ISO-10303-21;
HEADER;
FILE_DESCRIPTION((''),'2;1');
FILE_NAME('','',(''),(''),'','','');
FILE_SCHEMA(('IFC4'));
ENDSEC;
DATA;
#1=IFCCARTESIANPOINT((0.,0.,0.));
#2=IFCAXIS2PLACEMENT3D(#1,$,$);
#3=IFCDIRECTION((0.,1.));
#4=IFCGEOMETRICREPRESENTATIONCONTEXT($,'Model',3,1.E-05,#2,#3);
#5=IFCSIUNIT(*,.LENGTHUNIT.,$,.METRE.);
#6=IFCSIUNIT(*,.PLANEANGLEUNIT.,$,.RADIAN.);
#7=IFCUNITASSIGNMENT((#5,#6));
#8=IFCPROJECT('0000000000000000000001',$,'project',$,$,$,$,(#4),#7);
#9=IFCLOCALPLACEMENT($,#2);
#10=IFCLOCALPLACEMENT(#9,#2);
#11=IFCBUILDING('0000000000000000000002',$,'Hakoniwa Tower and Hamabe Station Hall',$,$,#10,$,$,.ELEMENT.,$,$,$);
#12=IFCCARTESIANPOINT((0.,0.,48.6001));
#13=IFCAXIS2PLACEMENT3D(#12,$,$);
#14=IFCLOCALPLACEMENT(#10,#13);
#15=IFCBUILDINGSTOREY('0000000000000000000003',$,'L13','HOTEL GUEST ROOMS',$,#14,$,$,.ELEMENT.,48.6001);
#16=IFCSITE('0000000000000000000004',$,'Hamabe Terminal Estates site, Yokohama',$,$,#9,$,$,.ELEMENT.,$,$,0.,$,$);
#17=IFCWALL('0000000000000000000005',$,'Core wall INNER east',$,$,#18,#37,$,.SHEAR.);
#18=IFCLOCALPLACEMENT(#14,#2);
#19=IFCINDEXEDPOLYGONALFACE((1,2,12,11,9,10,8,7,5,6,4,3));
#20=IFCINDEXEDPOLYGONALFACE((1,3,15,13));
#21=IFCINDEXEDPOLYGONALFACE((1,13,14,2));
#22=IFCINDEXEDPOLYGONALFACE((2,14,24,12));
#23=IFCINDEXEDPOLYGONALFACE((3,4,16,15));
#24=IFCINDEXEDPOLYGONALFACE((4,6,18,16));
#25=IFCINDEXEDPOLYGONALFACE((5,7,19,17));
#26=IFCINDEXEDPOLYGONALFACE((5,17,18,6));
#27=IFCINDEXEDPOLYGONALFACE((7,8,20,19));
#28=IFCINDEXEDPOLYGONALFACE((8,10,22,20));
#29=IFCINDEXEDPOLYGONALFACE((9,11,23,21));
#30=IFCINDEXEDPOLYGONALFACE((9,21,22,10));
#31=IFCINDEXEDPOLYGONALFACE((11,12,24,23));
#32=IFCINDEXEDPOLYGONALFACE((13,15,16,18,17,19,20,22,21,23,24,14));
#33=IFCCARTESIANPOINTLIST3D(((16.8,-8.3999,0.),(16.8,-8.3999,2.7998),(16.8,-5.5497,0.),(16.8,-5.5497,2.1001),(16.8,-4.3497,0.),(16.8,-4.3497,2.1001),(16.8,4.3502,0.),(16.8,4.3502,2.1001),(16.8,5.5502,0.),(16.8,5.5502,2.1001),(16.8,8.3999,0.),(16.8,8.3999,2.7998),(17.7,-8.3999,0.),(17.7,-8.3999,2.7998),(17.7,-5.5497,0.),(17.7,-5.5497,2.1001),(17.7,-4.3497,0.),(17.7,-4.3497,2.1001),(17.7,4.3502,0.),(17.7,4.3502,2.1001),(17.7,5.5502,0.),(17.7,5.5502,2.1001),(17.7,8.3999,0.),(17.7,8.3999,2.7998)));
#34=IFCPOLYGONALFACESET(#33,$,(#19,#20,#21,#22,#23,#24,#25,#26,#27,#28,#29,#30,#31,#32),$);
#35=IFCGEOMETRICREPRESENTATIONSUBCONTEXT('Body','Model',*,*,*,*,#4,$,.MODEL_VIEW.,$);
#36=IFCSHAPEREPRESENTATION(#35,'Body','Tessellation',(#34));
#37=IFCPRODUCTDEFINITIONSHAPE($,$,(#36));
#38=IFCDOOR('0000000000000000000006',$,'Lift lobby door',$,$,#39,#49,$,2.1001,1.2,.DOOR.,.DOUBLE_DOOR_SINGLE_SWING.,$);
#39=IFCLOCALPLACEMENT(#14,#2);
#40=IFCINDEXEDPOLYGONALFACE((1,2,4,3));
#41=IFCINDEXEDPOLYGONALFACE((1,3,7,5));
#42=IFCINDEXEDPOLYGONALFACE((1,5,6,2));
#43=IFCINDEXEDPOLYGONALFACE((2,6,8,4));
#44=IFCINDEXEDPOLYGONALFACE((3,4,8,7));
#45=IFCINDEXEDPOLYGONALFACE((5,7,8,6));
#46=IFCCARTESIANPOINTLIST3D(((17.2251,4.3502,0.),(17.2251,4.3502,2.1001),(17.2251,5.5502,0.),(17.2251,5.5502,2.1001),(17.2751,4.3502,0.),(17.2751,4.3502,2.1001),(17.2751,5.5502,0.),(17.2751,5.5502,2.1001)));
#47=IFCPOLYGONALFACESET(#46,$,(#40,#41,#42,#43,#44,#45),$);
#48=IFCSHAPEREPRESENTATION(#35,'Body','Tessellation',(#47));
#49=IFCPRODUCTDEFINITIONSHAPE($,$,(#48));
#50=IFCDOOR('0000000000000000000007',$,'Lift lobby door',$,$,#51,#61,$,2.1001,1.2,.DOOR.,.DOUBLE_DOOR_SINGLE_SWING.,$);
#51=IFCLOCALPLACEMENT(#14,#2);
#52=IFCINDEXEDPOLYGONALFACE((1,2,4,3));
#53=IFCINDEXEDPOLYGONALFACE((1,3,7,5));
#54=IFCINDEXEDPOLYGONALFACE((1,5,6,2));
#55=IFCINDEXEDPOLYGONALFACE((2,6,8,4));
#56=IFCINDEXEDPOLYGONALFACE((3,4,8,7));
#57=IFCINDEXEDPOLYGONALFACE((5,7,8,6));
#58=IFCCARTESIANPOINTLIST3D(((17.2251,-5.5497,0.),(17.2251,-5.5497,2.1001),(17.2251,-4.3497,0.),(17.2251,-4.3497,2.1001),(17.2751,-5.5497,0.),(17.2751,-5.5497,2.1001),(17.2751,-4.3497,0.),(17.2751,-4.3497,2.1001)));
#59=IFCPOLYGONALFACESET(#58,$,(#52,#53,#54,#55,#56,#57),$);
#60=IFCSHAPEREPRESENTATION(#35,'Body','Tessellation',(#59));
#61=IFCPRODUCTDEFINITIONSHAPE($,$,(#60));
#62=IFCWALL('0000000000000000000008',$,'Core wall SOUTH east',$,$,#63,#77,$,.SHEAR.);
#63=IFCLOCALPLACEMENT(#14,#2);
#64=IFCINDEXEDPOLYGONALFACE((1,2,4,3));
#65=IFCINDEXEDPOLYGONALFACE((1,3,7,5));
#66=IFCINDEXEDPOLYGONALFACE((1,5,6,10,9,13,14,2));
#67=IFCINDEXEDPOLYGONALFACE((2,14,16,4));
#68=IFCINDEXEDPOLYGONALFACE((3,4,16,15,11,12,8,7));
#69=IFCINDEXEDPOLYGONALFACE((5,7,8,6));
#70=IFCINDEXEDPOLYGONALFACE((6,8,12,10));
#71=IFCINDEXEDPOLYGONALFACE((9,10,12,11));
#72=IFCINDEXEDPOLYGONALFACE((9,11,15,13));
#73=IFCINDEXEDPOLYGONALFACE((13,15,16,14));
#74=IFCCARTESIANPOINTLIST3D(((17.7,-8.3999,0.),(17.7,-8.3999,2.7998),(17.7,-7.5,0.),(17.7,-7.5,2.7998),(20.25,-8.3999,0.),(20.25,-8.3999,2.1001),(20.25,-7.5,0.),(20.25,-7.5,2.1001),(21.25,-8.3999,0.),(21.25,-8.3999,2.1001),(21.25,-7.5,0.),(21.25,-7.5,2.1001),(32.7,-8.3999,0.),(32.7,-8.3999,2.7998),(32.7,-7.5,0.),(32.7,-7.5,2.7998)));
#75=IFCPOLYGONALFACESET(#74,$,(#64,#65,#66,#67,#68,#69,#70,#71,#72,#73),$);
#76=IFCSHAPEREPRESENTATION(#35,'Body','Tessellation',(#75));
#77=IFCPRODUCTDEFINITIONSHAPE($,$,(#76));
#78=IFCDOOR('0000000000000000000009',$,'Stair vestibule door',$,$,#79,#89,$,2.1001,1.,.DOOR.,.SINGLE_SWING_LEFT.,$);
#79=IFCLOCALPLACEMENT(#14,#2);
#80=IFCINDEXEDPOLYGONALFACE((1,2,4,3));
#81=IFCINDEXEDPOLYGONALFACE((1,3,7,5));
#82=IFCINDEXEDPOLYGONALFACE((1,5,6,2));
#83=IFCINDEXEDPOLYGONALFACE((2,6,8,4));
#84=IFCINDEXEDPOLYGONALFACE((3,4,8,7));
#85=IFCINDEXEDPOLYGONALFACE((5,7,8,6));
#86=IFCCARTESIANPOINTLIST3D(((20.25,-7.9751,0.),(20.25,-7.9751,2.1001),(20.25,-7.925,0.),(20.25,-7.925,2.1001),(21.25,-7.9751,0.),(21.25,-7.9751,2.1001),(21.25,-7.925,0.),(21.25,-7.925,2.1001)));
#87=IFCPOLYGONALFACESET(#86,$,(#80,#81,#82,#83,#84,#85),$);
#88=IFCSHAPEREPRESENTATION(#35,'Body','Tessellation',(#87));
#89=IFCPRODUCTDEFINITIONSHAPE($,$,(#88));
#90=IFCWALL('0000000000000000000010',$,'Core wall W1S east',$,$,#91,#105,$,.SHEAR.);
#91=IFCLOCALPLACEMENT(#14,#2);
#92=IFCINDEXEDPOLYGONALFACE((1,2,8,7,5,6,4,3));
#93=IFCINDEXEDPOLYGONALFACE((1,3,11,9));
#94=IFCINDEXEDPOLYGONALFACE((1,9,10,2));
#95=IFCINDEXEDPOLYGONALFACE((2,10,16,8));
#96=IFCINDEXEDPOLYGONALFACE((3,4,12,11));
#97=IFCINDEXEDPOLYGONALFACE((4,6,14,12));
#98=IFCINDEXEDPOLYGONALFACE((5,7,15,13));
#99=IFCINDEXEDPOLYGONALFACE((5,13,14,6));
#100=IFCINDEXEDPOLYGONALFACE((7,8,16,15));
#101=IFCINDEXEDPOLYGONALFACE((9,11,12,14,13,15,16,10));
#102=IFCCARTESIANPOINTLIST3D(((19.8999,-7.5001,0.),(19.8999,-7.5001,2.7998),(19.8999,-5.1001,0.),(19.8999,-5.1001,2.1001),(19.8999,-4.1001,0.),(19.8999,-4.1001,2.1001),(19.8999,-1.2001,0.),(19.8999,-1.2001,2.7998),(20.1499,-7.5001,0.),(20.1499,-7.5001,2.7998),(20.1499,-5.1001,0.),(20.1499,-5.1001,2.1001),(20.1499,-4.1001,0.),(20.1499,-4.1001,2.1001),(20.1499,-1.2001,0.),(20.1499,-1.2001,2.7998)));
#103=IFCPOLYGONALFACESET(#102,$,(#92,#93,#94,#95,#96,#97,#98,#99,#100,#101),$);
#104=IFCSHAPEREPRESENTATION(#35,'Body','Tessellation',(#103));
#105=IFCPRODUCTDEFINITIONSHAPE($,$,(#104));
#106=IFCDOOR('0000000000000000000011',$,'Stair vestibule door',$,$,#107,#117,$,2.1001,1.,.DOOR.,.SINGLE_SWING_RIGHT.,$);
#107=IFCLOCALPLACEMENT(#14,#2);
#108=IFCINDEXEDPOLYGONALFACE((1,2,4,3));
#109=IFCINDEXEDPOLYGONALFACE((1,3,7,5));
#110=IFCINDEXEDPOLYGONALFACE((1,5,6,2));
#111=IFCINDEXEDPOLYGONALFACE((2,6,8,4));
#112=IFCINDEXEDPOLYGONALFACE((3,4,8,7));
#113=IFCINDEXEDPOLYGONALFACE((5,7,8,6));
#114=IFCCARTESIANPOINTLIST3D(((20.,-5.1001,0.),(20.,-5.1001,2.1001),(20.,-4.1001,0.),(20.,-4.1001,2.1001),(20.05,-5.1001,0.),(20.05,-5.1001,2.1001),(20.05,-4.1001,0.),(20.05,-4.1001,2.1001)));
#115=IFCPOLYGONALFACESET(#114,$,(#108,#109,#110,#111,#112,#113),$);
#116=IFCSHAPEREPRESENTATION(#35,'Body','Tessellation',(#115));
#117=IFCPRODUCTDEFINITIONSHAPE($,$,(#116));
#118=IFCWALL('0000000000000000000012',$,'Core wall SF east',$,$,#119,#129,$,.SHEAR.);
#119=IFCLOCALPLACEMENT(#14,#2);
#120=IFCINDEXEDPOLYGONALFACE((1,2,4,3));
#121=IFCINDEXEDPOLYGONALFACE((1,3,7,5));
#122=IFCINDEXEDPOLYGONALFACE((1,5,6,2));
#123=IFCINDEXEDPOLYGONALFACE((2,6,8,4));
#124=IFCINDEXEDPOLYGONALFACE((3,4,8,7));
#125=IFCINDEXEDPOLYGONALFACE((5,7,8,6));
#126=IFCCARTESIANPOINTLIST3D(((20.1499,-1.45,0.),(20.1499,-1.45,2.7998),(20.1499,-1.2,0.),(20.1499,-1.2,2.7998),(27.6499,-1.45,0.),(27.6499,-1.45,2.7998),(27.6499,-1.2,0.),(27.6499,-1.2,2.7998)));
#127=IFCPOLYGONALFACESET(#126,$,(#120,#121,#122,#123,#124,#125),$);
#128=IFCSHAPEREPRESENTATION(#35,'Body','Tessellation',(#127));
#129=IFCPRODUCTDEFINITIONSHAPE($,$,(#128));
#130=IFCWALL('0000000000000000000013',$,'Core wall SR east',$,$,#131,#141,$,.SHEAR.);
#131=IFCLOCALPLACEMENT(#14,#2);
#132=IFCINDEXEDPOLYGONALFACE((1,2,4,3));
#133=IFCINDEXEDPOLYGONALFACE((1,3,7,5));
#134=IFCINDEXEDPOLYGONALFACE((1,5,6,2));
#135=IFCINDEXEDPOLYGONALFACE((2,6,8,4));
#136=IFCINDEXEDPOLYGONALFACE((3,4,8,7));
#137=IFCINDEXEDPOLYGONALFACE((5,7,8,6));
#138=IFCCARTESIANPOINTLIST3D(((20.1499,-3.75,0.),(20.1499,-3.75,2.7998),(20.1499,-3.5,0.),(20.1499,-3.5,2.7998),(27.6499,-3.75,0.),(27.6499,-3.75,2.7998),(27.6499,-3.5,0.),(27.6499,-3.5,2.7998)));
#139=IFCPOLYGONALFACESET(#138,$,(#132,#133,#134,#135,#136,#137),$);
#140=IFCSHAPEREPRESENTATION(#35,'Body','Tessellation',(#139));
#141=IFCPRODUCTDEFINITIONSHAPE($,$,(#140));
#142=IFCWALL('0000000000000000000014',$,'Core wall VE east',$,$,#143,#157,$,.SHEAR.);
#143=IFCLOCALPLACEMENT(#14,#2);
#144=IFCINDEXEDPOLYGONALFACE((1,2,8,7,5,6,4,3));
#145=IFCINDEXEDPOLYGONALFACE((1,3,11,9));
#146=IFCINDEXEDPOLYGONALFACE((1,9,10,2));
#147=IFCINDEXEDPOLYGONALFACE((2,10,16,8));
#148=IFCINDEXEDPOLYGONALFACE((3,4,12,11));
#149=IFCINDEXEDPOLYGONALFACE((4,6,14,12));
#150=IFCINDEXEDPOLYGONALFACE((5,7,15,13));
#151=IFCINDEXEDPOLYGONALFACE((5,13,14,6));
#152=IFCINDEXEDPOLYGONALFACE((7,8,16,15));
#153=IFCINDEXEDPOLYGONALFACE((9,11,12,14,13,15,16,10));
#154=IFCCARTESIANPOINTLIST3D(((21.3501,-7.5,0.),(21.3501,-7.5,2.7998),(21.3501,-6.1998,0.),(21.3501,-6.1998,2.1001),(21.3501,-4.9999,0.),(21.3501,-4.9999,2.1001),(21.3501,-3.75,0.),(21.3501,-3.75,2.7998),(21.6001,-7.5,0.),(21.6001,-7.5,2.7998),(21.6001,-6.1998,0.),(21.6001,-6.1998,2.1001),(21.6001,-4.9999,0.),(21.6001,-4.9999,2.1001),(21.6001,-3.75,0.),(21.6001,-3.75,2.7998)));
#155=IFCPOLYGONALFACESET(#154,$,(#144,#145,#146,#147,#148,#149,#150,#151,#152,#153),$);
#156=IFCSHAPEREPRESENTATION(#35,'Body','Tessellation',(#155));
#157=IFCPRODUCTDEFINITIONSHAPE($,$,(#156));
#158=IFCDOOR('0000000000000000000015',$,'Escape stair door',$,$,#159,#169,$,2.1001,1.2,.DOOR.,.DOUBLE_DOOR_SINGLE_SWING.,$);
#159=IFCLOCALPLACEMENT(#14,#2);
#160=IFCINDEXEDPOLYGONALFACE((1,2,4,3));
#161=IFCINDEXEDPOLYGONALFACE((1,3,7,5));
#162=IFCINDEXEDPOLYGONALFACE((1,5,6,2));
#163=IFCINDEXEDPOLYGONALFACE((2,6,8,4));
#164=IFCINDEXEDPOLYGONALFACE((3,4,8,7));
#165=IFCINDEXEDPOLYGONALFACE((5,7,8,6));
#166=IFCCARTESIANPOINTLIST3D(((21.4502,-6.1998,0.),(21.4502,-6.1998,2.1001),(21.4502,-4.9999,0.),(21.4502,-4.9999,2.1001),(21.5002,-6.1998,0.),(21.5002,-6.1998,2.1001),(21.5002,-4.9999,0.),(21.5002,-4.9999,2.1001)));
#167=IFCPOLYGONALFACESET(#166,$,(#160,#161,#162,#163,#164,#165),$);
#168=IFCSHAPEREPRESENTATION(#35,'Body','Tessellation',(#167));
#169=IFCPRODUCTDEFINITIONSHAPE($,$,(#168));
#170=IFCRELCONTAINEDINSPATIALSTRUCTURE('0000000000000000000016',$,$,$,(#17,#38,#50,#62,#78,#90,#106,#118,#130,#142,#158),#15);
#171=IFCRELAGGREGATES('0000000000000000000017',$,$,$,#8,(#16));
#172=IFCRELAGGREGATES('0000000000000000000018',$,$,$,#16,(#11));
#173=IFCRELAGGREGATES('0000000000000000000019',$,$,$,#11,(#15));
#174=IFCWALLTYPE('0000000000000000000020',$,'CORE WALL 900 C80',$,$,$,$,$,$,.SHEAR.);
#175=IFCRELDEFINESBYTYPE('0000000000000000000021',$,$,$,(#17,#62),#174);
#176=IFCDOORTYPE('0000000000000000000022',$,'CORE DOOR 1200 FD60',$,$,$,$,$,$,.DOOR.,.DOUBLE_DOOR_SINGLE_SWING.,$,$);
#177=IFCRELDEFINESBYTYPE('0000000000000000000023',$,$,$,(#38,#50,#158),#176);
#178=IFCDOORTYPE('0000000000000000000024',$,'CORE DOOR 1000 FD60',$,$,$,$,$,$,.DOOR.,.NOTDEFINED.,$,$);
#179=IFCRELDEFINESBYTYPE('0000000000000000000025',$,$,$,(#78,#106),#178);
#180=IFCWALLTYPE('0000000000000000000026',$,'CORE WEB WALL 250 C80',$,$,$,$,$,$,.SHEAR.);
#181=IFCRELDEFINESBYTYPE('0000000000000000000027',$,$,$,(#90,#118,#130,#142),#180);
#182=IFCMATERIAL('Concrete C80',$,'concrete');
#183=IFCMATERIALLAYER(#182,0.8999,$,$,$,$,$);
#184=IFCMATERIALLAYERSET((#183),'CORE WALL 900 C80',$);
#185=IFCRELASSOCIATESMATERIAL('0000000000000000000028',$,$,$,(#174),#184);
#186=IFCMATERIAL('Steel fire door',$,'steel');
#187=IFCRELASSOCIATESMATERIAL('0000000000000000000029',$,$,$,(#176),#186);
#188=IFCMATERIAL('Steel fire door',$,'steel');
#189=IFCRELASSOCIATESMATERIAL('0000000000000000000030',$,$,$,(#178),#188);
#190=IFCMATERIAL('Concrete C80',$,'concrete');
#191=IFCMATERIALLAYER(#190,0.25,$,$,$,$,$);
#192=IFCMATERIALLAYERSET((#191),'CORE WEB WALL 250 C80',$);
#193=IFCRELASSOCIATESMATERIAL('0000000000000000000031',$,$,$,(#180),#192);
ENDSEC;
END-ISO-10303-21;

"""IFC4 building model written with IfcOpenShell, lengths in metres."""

from ifc_helpers import new_model, si_unit, direction, frame, frame_2d, origin, place, context, subcontext, project, spatial, rectangle, extrude, material, layer, layer_set, type_object, element, fill, save


model = new_model("IFC4")

# Units and contexts
model_context = context("Model", 3, precision=1e-05, world=origin(), true_north=direction((0.0, 1.0)))
body_context = subcontext(model_context, "Body", "Model", "MODEL_VIEW")
ifc_project = project(units=[si_unit("LENGTHUNIT", "METRE"), si_unit("PLANEANGLEUNIT", "RADIAN")], contexts=[model_context])

# Site, building, storey
site_placement = place(None, origin())
site = spatial("IfcSite", under=ifc_project, at=site_placement, Name="Hamabe Terminal Estates site, Yokohama", CompositionType="ELEMENT", RefElevation=0.0)
building_placement = place(site_placement, origin())
building = spatial("IfcBuilding", under=site, at=building_placement, Name="Hakoniwa Tower and Hamabe Station Hall", CompositionType="ELEMENT")
storey_placement = place(building_placement, frame((0.0, 0.0, 48.6001)))
storey = spatial("IfcBuildingStorey", under=building, at=storey_placement, Name="L13", Description="HOTEL GUEST ROOMS", CompositionType="ELEMENT", Elevation=48.6001)

# Wall, openings, doors
ifc_material_1 = material(Name="Concrete C80", Category="concrete")
ifc_layer_1 = layer(ifc_material_1, 0.8999)
ifc_layer_set_1 = layer_set([ifc_layer_1], Name="CORE WALL 900 C80")
wall_type_1 = type_object("IfcWallType", Name="CORE WALL 900 C80", PredefinedType="SHEAR", material=ifc_layer_set_1)
wall_1_placement = place(storey_placement, frame((17.25, -8.3999, 0.0), z_axis=(0.0, 0.0, 1.0), x_axis=(0.0, 1.0, 0.0)))
wall_1 = element("IfcWall", 1, at=wall_1_placement, inside=storey, type_object=wall_type_1, Name="Core wall INNER east", PredefinedType="SHEAR", context=body_context, shape_type="SweptSolid", body=[
    extrude(rectangle(XDim=16.7998, YDim=0.8999, at=frame_2d((8.3999, 0.0))), origin(), (0.0, 0.0, 1.0), 2.7998),
])
opening_1_placement = place(wall_1_placement, frame((12.75, 0.0, 0.0)))
opening_1 = element("IfcOpeningElement", 2, at=opening_1_placement, cuts=wall_1, PredefinedType="OPENING", context=body_context, shape_type="SweptSolid", body=[
    extrude(rectangle(XDim=1.2, YDim=2.1001, at=frame_2d((0.6001, 1.05))), frame((0.0, 0.46, 0.0), z_axis=(0.0, -1.0, 0.0), x_axis=(1.0, 0.0, 0.0)), (0.0, 0.0, 1.0), 0.9199),
])
opening_2_placement = place(wall_1_placement, frame((2.8501, 0.0, 0.0)))
opening_2 = element("IfcOpeningElement", 3, at=opening_2_placement, cuts=wall_1, PredefinedType="OPENING", context=body_context, shape_type="SweptSolid", body=[
    extrude(rectangle(XDim=1.2, YDim=2.1001, at=frame_2d((0.6001, 1.05))), frame((0.0, 0.46, 0.0), z_axis=(0.0, -1.0, 0.0), x_axis=(1.0, 0.0, 0.0)), (0.0, 0.0, 1.0), 0.9199),
])
ifc_material_2 = material(Name="Steel fire door", Category="steel")
door_type_1 = type_object("IfcDoorType", Name="CORE DOOR 1200 FD60", OperationType="DOUBLE_DOOR_SINGLE_SWING", PredefinedType="DOOR", material=ifc_material_2)
door_1_placement = place(opening_1_placement, origin())
door_1 = element("IfcDoor", 4, at=door_1_placement, inside=storey, type_object=door_type_1, Name="Lift lobby door", OperationType="DOUBLE_DOOR_SINGLE_SWING", OverallHeight=2.1001, OverallWidth=1.2, PredefinedType="DOOR", context=body_context, shape_type="SweptSolid", body=[
    extrude(rectangle(XDim=1.2, YDim=2.1001, at=frame_2d((0.6001, 1.05))), frame((0.0, 0.0249, 0.0), z_axis=(0.0, -1.0, 0.0), x_axis=(1.0, 0.0, 0.0)), (0.0, 0.0, 1.0), 0.05),
])
fill(opening_1, door_1)
door_2_placement = place(opening_2_placement, origin())
door_2 = element("IfcDoor", 5, at=door_2_placement, inside=storey, type_object=door_type_1, Name="Lift lobby door", OperationType="DOUBLE_DOOR_SINGLE_SWING", OverallHeight=2.1001, OverallWidth=1.2, PredefinedType="DOOR", context=body_context, shape_type="SweptSolid", body=[
    extrude(rectangle(XDim=1.2, YDim=2.1001, at=frame_2d((0.6001, 1.05))), frame((0.0, 0.0249, 0.0), z_axis=(0.0, -1.0, 0.0), x_axis=(1.0, 0.0, 0.0)), (0.0, 0.0, 1.0), 0.05),
])
fill(opening_2, door_2)

# Walls, openings, doors
wall_2_placement = place(storey_placement, frame((17.7, -7.95, 0.0), z_axis=(0.0, 0.0, 1.0), x_axis=(1.0, 0.0, 0.0)))
wall_2 = element("IfcWall", 6, at=wall_2_placement, inside=storey, type_object=wall_type_1, Name="Core wall SOUTH east", PredefinedType="SHEAR", context=body_context, shape_type="SweptSolid", body=[
    extrude(rectangle(XDim=15.0, YDim=0.8999, at=frame_2d((7.5, 0.0))), origin(), (0.0, 0.0, 1.0), 2.7998),
])
opening_3_placement = place(wall_2_placement, frame((2.55, 0.0, 0.0)))
opening_3 = element("IfcOpeningElement", 7, at=opening_3_placement, cuts=wall_2, PredefinedType="OPENING", context=body_context, shape_type="SweptSolid", body=[
    extrude(rectangle(XDim=1.0, YDim=2.1001, at=frame_2d((0.5, 1.05))), frame((0.0, 0.46, 0.0), z_axis=(0.0, -1.0, 0.0), x_axis=(1.0, 0.0, 0.0)), (0.0, 0.0, 1.0), 0.9199),
])
ifc_material_3 = material(Name="Steel fire door", Category="steel")
door_type_2 = type_object("IfcDoorType", Name="CORE DOOR 1000 FD60", OperationType="NOTDEFINED", PredefinedType="DOOR", material=ifc_material_3)
door_3_placement = place(opening_3_placement, origin())
door_3 = element("IfcDoor", 8, at=door_3_placement, inside=storey, type_object=door_type_2, Name="Stair vestibule door", OperationType="SINGLE_SWING_LEFT", OverallHeight=2.1001, OverallWidth=1.0, PredefinedType="DOOR", context=body_context, shape_type="SweptSolid", body=[
    extrude(rectangle(XDim=1.0, YDim=2.1001, at=frame_2d((0.5, 1.05))), frame((0.0, 0.0249, 0.0), z_axis=(0.0, -1.0, 0.0), x_axis=(1.0, 0.0, 0.0)), (0.0, 0.0, 1.0), 0.05),
])
fill(opening_3, door_3)
ifc_material_4 = material(Name="Concrete C80", Category="concrete")
ifc_layer_2 = layer(ifc_material_4, 0.25)
ifc_layer_set_2 = layer_set([ifc_layer_2], Name="CORE WEB WALL 250 C80")
wall_type_2 = type_object("IfcWallType", Name="CORE WEB WALL 250 C80", PredefinedType="SHEAR", material=ifc_layer_set_2)
wall_3_placement = place(storey_placement, frame((20.0249, -7.5, 0.0), z_axis=(0.0, 0.0, 1.0), x_axis=(0.0, 1.0, 0.0)))
wall_3 = element("IfcWall", 9, at=wall_3_placement, inside=storey, type_object=wall_type_2, Name="Core wall W1S east", PredefinedType="SHEAR", context=body_context, shape_type="SweptSolid", body=[
    extrude(rectangle(XDim=6.3, YDim=0.25, at=frame_2d((3.1499, 0.0))), origin(), (0.0, 0.0, 1.0), 2.7998),
])
opening_4_placement = place(wall_3_placement, frame((2.3999, 0.0, 0.0)))
opening_4 = element("IfcOpeningElement", 10, at=opening_4_placement, cuts=wall_3, PredefinedType="OPENING", context=body_context, shape_type="SweptSolid", body=[
    extrude(rectangle(XDim=1.0, YDim=2.1001, at=frame_2d((0.5, 1.05))), frame((0.0, 0.135, 0.0), z_axis=(0.0, -1.0, 0.0), x_axis=(1.0, 0.0, 0.0)), (0.0, 0.0, 1.0), 0.27),
])
door_4_placement = place(opening_4_placement, origin())
door_4 = element("IfcDoor", 11, at=door_4_placement, inside=storey, type_object=door_type_2, Name="Stair vestibule door", OperationType="SINGLE_SWING_RIGHT", OverallHeight=2.1001, OverallWidth=1.0, PredefinedType="DOOR", context=body_context, shape_type="SweptSolid", body=[
    extrude(rectangle(XDim=1.0, YDim=2.1001, at=frame_2d((0.5, 1.05))), frame((0.0, 0.0249, 0.0), z_axis=(0.0, -1.0, 0.0), x_axis=(1.0, 0.0, 0.0)), (0.0, 0.0, 1.0), 0.05),
])
fill(opening_4, door_4)

# Walls
for number, where, z_axis, x_axis, name in (
    (12, (20.1499, -1.325, 0.0), (0.0, 0.0, 1.0), (1.0, 0.0, 0.0), "Core wall SF east"),
    (13, (20.1499, -3.625, 0.0), (0.0, 0.0, 1.0), (1.0, 0.0, 0.0), "Core wall SR east"),
):
    element("IfcWall", number, at=place(storey_placement, frame(where, z_axis=z_axis, x_axis=x_axis)), inside=storey, type_object=wall_type_2, Name=name, PredefinedType="SHEAR", context=body_context, shape_type="SweptSolid", body=[
        extrude(rectangle(XDim=7.5, YDim=0.25, at=frame_2d((3.75, 0.0))), origin(), (0.0, 0.0, 1.0), 2.7998),
    ])

# Wall, opening, door
wall_4_placement = place(storey_placement, frame((21.4751, -7.5, 0.0), z_axis=(0.0, 0.0, 1.0), x_axis=(0.0, 1.0, 0.0)))
wall_4 = element("IfcWall", 14, at=wall_4_placement, inside=storey, type_object=wall_type_2, Name="Core wall VE east", PredefinedType="SHEAR", context=body_context, shape_type="SweptSolid", body=[
    extrude(rectangle(XDim=3.75, YDim=0.25, at=frame_2d((1.875, 0.0))), origin(), (0.0, 0.0, 1.0), 2.7998),
])
opening_5_placement = place(wall_4_placement, frame((1.3, 0.0, 0.0)))
opening_5 = element("IfcOpeningElement", 15, at=opening_5_placement, cuts=wall_4, PredefinedType="OPENING", context=body_context, shape_type="SweptSolid", body=[
    extrude(rectangle(XDim=1.2, YDim=2.1001, at=frame_2d((0.6001, 1.05))), frame((0.0, 0.135, 0.0), z_axis=(0.0, -1.0, 0.0), x_axis=(1.0, 0.0, 0.0)), (0.0, 0.0, 1.0), 0.27),
])
door_5_placement = place(opening_5_placement, origin())
door_5 = element("IfcDoor", 16, at=door_5_placement, inside=storey, type_object=door_type_1, Name="Escape stair door", OperationType="DOUBLE_DOOR_SINGLE_SWING", OverallHeight=2.1001, OverallWidth=1.2, PredefinedType="DOOR", context=body_context, shape_type="SweptSolid", body=[
    extrude(rectangle(XDim=1.2, YDim=2.1001, at=frame_2d((0.6001, 1.05))), frame((0.0, 0.0249, 0.0), z_axis=(0.0, -1.0, 0.0), x_axis=(1.0, 0.0, 0.0)), (0.0, 0.0, 1.0), 0.05),
])
fill(opening_5, door_5)

save(model, "model.ifc")
